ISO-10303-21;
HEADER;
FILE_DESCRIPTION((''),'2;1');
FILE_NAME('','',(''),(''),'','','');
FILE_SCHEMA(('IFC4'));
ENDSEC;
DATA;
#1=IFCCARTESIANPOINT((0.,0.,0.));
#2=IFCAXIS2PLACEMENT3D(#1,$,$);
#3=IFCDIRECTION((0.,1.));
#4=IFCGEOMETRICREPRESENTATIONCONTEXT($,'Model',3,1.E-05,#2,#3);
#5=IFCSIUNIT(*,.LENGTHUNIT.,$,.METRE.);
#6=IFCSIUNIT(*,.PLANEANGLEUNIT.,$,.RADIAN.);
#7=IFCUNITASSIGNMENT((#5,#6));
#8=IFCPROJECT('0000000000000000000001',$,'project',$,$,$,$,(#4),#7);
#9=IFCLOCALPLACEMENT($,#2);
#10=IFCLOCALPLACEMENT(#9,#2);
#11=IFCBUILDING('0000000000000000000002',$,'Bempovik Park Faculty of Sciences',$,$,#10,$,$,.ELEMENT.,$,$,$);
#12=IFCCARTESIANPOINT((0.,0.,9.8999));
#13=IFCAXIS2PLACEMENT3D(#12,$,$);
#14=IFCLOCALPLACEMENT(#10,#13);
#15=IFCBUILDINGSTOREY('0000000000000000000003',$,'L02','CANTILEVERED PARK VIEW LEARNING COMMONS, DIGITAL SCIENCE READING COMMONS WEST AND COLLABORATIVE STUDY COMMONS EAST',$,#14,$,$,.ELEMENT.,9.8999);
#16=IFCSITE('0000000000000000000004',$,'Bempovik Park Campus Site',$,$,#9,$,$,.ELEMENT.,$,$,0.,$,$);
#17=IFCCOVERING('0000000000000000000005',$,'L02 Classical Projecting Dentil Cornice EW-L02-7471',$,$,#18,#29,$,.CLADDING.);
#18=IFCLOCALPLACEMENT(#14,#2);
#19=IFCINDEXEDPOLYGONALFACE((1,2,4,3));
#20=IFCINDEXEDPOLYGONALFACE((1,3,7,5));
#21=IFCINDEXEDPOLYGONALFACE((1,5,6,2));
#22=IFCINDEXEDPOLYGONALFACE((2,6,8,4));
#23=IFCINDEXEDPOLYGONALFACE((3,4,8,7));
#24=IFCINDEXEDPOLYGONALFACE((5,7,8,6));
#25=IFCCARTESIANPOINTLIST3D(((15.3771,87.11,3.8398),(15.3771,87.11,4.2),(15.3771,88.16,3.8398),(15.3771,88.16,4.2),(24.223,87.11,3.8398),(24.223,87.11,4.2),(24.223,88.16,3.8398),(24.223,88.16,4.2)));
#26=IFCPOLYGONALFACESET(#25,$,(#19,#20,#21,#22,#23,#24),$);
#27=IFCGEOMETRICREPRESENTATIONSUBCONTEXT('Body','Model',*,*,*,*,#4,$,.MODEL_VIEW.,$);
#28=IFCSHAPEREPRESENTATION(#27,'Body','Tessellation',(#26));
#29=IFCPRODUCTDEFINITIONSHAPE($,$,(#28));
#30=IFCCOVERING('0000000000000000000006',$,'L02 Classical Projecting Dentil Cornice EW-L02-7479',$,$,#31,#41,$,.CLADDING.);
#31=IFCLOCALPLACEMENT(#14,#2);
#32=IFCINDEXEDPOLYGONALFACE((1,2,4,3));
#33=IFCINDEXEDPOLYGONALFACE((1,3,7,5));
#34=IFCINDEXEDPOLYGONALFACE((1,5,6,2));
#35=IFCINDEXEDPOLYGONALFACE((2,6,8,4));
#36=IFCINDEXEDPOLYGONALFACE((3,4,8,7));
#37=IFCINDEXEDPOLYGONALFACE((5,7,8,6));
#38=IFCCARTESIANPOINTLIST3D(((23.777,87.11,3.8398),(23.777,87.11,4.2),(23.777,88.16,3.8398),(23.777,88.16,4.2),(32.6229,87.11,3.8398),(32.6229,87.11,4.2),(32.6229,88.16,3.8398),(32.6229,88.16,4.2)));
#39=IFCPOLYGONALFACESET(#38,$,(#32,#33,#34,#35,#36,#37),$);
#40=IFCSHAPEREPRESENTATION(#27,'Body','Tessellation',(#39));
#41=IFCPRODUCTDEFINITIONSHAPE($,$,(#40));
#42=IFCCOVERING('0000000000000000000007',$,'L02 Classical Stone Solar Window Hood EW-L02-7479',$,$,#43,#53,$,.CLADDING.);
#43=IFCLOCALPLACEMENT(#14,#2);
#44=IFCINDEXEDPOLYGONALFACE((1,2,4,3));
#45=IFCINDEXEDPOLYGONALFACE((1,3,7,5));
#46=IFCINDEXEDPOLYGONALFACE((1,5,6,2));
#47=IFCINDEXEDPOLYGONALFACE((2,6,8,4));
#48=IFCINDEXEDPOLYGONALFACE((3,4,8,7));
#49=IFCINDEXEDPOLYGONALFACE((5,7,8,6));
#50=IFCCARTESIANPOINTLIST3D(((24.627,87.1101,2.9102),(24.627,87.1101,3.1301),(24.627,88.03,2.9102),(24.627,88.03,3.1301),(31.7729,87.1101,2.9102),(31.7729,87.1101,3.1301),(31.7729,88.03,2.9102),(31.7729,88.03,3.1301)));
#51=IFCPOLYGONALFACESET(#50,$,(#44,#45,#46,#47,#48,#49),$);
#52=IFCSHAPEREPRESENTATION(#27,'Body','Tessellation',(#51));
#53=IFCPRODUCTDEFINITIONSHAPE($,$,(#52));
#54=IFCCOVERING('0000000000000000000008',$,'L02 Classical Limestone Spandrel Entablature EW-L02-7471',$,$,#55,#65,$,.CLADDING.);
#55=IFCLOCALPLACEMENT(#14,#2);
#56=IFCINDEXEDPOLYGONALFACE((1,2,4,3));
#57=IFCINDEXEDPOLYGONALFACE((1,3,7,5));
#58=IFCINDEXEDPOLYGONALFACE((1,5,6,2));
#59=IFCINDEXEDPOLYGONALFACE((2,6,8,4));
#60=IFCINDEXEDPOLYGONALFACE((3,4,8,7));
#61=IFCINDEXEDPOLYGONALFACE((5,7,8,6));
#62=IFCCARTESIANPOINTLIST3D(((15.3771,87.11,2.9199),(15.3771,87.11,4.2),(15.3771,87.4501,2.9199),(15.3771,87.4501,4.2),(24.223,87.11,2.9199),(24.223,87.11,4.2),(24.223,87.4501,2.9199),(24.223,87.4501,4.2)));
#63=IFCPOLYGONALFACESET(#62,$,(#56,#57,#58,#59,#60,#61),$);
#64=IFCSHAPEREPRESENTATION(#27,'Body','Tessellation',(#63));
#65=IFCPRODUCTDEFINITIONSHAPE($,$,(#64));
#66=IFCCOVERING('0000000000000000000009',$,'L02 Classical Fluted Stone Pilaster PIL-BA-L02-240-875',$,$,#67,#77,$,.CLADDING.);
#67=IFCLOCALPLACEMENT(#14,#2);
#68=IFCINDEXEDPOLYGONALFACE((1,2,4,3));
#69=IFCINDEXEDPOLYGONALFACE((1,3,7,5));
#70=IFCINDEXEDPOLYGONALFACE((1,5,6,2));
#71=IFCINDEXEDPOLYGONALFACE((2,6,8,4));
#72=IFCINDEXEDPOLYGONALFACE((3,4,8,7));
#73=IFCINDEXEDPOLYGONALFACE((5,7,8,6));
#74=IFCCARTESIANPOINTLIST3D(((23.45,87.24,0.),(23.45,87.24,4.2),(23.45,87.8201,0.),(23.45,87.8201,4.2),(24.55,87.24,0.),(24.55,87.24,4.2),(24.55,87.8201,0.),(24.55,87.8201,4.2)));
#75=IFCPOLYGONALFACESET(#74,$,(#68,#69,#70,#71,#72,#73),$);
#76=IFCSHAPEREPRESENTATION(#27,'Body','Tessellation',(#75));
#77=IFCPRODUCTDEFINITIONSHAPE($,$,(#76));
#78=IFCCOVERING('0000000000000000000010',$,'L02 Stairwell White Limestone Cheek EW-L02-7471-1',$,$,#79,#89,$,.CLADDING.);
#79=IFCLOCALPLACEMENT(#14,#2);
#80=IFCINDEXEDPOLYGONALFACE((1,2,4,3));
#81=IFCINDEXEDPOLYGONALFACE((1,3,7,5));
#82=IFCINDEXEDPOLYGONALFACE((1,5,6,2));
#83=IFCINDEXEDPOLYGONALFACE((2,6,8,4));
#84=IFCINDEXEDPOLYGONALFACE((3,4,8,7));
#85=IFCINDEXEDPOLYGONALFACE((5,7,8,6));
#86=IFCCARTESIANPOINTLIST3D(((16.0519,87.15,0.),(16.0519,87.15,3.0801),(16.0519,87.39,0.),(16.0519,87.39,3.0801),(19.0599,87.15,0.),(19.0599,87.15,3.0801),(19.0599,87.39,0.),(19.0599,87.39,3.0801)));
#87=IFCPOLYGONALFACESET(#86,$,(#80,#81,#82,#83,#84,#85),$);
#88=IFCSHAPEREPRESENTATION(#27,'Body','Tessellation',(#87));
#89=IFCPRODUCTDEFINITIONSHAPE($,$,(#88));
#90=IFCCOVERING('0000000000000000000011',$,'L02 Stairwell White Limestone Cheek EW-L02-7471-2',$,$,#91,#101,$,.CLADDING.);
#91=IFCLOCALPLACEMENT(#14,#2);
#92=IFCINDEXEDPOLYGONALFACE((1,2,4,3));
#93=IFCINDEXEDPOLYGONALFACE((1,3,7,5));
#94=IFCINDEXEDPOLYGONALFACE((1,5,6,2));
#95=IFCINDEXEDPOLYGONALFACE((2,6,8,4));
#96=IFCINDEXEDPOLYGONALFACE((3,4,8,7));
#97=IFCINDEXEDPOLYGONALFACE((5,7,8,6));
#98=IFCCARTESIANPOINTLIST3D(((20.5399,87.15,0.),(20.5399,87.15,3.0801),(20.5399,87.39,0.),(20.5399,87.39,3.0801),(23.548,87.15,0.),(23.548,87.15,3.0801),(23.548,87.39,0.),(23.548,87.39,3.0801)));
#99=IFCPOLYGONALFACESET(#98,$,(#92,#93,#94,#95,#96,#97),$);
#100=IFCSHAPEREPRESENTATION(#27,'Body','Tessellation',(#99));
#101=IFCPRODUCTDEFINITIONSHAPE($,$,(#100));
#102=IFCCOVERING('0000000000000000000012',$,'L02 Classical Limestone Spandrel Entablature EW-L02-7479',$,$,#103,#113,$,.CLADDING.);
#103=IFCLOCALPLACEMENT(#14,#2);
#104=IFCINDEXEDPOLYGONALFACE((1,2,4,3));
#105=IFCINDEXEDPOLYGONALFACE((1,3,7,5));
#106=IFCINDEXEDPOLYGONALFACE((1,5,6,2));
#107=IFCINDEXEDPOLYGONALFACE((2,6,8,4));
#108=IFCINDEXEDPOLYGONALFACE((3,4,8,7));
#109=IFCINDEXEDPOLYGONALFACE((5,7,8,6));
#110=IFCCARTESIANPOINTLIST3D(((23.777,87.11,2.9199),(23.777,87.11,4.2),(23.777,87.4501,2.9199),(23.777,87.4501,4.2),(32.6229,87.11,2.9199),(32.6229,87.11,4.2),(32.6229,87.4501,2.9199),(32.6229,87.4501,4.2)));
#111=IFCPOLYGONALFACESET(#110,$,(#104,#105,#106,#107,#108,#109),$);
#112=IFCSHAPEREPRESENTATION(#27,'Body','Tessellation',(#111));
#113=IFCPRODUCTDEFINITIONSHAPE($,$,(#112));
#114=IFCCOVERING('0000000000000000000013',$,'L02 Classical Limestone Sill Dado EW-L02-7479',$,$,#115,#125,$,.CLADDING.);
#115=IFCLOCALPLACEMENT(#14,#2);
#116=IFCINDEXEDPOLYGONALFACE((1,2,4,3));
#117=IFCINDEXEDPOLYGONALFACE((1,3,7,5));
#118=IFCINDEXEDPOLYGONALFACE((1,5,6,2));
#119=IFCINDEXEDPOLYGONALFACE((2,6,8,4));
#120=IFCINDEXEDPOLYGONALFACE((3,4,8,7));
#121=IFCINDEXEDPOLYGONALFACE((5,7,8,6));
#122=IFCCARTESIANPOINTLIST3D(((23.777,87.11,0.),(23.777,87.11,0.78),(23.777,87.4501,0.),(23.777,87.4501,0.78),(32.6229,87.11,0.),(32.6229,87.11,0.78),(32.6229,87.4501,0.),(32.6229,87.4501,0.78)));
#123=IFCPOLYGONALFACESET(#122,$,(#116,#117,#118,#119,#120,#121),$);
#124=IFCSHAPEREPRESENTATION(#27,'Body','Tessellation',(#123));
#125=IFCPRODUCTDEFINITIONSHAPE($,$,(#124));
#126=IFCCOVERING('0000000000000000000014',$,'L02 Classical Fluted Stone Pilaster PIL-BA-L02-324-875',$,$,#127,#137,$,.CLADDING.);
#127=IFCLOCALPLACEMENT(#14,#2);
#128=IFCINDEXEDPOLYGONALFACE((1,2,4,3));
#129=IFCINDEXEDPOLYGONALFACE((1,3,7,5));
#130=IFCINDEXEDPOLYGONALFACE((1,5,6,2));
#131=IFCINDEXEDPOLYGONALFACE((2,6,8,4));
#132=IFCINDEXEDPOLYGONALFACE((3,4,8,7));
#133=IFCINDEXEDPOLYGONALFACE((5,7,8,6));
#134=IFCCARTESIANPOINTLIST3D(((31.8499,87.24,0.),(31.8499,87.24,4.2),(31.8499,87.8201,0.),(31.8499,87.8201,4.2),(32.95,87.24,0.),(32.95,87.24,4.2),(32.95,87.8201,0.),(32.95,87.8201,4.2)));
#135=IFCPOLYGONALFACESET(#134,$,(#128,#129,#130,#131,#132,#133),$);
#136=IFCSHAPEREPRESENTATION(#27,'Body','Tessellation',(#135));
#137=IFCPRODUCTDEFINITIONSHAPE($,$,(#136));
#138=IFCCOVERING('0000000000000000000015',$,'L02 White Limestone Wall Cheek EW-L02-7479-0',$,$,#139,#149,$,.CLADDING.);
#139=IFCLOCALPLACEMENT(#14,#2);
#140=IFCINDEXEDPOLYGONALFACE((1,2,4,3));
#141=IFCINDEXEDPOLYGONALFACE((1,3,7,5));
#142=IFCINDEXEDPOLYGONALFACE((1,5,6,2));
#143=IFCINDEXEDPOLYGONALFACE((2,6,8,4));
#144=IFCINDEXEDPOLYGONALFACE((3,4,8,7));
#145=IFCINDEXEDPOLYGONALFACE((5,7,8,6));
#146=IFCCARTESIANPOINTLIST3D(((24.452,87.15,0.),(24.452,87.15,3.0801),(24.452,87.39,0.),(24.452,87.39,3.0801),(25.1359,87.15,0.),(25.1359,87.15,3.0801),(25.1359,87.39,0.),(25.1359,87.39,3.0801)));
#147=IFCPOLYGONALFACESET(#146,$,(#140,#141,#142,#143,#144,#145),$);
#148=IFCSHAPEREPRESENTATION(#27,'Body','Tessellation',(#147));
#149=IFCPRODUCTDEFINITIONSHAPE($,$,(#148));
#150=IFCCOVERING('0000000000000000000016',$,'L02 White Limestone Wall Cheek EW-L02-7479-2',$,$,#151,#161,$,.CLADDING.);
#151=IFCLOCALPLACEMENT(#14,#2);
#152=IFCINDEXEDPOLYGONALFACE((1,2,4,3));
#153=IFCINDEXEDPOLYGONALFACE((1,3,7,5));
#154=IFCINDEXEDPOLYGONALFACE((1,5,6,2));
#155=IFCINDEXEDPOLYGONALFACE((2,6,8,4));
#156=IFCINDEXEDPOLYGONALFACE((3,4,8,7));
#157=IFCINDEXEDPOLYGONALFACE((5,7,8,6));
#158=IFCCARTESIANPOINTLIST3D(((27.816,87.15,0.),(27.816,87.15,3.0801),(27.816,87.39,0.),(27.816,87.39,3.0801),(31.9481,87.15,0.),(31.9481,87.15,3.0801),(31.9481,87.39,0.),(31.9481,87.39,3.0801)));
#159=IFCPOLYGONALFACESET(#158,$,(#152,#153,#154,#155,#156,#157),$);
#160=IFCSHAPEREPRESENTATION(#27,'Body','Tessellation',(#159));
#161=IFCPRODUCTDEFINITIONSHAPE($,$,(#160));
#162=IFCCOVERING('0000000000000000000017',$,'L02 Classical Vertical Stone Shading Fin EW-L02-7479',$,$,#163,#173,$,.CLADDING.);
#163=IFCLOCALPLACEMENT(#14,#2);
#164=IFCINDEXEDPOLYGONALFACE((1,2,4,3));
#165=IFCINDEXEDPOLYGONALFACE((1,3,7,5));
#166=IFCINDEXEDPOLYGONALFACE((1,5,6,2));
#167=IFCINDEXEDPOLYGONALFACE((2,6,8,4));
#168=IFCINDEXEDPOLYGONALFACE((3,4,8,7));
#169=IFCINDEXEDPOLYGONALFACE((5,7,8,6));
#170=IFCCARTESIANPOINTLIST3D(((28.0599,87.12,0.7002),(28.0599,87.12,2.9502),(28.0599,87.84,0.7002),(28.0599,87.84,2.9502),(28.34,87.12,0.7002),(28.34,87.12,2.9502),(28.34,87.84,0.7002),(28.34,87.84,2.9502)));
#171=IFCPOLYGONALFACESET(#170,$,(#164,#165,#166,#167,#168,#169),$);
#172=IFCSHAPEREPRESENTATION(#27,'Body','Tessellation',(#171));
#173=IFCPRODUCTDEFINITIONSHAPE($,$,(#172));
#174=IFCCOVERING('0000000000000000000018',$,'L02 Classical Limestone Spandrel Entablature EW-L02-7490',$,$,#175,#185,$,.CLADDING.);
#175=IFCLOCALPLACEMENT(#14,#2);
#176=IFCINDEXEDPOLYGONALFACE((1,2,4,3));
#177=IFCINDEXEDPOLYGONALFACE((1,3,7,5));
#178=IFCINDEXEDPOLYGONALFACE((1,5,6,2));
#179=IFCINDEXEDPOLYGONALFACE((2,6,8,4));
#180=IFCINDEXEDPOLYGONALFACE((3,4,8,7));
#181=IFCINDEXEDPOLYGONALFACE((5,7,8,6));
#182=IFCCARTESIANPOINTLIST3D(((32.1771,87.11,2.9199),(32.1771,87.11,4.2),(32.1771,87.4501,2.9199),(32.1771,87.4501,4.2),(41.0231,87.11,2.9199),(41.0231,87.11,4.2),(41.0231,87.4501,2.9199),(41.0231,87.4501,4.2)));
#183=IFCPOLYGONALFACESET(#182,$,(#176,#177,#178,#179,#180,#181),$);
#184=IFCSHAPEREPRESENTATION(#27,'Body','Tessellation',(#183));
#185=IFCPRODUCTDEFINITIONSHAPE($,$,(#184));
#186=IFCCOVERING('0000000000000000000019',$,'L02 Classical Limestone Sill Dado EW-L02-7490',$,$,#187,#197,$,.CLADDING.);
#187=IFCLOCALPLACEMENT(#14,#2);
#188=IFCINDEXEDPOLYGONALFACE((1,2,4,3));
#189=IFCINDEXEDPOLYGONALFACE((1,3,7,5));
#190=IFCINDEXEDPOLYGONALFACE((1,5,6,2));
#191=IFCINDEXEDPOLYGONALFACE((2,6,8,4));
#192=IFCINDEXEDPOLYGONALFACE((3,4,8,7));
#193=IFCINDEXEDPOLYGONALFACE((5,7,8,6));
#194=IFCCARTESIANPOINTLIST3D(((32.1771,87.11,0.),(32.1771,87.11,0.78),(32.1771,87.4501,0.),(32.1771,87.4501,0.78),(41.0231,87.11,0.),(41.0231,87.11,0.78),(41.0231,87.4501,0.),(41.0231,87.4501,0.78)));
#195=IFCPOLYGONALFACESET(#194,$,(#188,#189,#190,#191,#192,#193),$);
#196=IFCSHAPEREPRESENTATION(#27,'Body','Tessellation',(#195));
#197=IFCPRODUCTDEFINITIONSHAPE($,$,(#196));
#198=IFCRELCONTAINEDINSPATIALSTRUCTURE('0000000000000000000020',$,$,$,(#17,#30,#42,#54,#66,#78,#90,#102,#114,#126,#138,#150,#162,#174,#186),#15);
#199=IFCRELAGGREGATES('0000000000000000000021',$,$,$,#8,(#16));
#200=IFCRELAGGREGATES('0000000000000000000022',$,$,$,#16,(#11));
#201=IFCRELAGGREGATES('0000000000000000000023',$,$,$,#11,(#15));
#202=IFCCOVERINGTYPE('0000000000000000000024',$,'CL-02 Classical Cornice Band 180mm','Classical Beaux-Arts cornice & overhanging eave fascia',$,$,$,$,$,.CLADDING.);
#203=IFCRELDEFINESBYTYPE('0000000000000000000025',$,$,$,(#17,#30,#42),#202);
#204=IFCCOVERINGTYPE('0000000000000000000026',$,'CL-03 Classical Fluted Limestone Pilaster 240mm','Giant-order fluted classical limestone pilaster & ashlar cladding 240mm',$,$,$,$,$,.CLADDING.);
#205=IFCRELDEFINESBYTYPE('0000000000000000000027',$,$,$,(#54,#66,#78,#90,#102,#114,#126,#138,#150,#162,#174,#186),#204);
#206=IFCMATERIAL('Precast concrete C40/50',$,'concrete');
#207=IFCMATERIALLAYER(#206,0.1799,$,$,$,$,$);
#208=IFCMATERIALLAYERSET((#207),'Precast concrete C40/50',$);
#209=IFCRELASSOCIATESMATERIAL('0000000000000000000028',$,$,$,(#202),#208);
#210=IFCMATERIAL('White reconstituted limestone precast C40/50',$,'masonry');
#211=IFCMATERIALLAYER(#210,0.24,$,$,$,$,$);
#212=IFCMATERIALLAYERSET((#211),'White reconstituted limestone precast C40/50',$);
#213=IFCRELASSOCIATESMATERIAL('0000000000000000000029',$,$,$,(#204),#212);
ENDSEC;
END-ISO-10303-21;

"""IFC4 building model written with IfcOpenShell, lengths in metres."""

from ifc_helpers import new_model, si_unit, direction, frame, origin, origin_2d, place, context, subcontext, project, spatial, rectangle, extrude, material, layer, layer_set, type_object, element, save


model = new_model("IFC4")

# Units and contexts
model_context = context("Model", 3, precision=1e-05, world=origin(), true_north=direction((0.0, 1.0)))
body_context = subcontext(model_context, "Body", "Model", "MODEL_VIEW")
ifc_project = project(units=[si_unit("LENGTHUNIT", "METRE"), si_unit("PLANEANGLEUNIT", "RADIAN")], contexts=[model_context])

# Site, building, storey
site_placement = place(None, origin())
site = spatial("IfcSite", under=ifc_project, at=site_placement, Name="Bempovik Park Campus Site", CompositionType="ELEMENT", RefElevation=0.0)
building_placement = place(site_placement, origin())
building = spatial("IfcBuilding", under=site, at=building_placement, Name="Bempovik Park Faculty of Sciences", CompositionType="ELEMENT")
storey_placement = place(building_placement, frame((0.0, 0.0, 9.8999)))
storey = spatial("IfcBuildingStorey", under=building, at=storey_placement, Name="L02", Description="CANTILEVERED PARK VIEW LEARNING COMMONS, DIGITAL SCIENCE READING COMMONS WEST AND COLLABORATIVE STUDY COMMONS EAST", CompositionType="ELEMENT", Elevation=9.8999)

# Shared definitions
ifc_material_1 = material(Name="Precast concrete C40/50", Category="concrete")

# Coverings
ifc_layer_1 = layer(ifc_material_1, 0.1799)
ifc_layer_set_1 = layer_set([ifc_layer_1], Name="Precast concrete C40/50")
covering_type_1 = type_object("IfcCoveringType", Name="CL-02 Classical Cornice Band 180mm", Description="Classical Beaux-Arts cornice & overhanging eave fascia", PredefinedType="CLADDING", material=ifc_layer_set_1)
for number, where, z_axis, x_axis, name in (
    (1, (19.8, 87.635, 3.8398), (0.0, 0.0, 1.0), (1.0, 0.0, 0.0), "L02 Classical Projecting Dentil Cornice EW-L02-7471"),
    (2, (28.2, 87.635, 3.8398), (0.0, 0.0, 1.0), (1.0, 0.0, 0.0), "L02 Classical Projecting Dentil Cornice EW-L02-7479"),
):
    element("IfcCovering", number, at=place(storey_placement, frame(where, z_axis=z_axis, x_axis=x_axis)), inside=storey, type_object=covering_type_1, Name=name, PredefinedType="CLADDING", context=body_context, shape_type="SweptSolid", body=[
        extrude(rectangle(XDim=8.8459, YDim=1.05, at=origin_2d()), origin(), (0.0, 0.0, 1.0), 0.3601),
    ])
covering_1_placement = place(storey_placement, frame((28.2, 87.5701, 2.9102), z_axis=(0.0, 0.0, 1.0), x_axis=(1.0, 0.0, 0.0)))
element("IfcCovering", 3, at=covering_1_placement, inside=storey, type_object=covering_type_1, Name="L02 Classical Stone Solar Window Hood EW-L02-7479", PredefinedType="CLADDING", context=body_context, shape_type="SweptSolid", body=[
    extrude(rectangle(XDim=7.146, YDim=0.9199, at=origin_2d()), origin(), (0.0, 0.0, 1.0), 0.22),
])
ifc_material_2 = material(Name="White reconstituted limestone precast C40/50", Category="masonry")
ifc_layer_2 = layer(ifc_material_2, 0.24)
ifc_layer_set_2 = layer_set([ifc_layer_2], Name="White reconstituted limestone precast C40/50")
covering_type_2 = type_object("IfcCoveringType", Name="CL-03 Classical Fluted Limestone Pilaster 240mm", Description="Giant-order fluted classical limestone pilaster & ashlar cladding 240mm", PredefinedType="CLADDING", material=ifc_layer_set_2)
covering_2_placement = place(storey_placement, frame((19.8, 87.28, 2.9199), z_axis=(0.0, 0.0, 1.0), x_axis=(1.0, 0.0, 0.0)))
element("IfcCovering", 4, at=covering_2_placement, inside=storey, type_object=covering_type_2, Name="L02 Classical Limestone Spandrel Entablature EW-L02-7471", PredefinedType="CLADDING", context=body_context, shape_type="SweptSolid", body=[
    extrude(rectangle(XDim=8.8459, YDim=0.3401, at=origin_2d()), origin(), (0.0, 0.0, 1.0), 1.28),
])
covering_3_placement = place(storey_placement, frame((24.0, 87.53, 0.0), z_axis=(0.0, 0.0, 1.0), x_axis=(1.0, 0.0, 0.0)))
element("IfcCovering", 5, at=covering_3_placement, inside=storey, type_object=covering_type_2, Name="L02 Classical Fluted Stone Pilaster PIL-BA-L02-240-875", PredefinedType="CLADDING", context=body_context, shape_type="SweptSolid", body=[
    extrude(rectangle(XDim=1.1001, YDim=0.5801, at=origin_2d()), origin(), (0.0, 0.0, 1.0), 4.2),
])
for number, where, z_axis, x_axis, name in (
    (6, (17.5559, 87.27, 0.0), (0.0, 0.0, 1.0), (1.0, 0.0, 0.0), "L02 Stairwell White Limestone Cheek EW-L02-7471-1"),
    (7, (22.0439, 87.27, 0.0), (0.0, 0.0, 1.0), (1.0, 0.0, 0.0), "L02 Stairwell White Limestone Cheek EW-L02-7471-2"),
):
    element("IfcCovering", number, at=place(storey_placement, frame(where, z_axis=z_axis, x_axis=x_axis)), inside=storey, type_object=covering_type_2, Name=name, PredefinedType="CLADDING", context=body_context, shape_type="SweptSolid", body=[
        extrude(rectangle(XDim=3.0081, YDim=0.24, at=origin_2d()), origin(), (0.0, 0.0, 1.0), 3.0801),
    ])
covering_4_placement = place(storey_placement, frame((28.2, 87.28, 2.9199), z_axis=(0.0, 0.0, 1.0), x_axis=(1.0, 0.0, 0.0)))
element("IfcCovering", 8, at=covering_4_placement, inside=storey, type_object=covering_type_2, Name="L02 Classical Limestone Spandrel Entablature EW-L02-7479", PredefinedType="CLADDING", context=body_context, shape_type="SweptSolid", body=[
    extrude(rectangle(XDim=8.8459, YDim=0.3401, at=origin_2d()), origin(), (0.0, 0.0, 1.0), 1.28),
])
covering_5_placement = place(storey_placement, frame((28.2, 87.28, 0.0), z_axis=(0.0, 0.0, 1.0), x_axis=(1.0, 0.0, 0.0)))
element("IfcCovering", 9, at=covering_5_placement, inside=storey, type_object=covering_type_2, Name="L02 Classical Limestone Sill Dado EW-L02-7479", PredefinedType="CLADDING", context=body_context, shape_type="SweptSolid", body=[
    extrude(rectangle(XDim=8.8459, YDim=0.3401, at=origin_2d()), origin(), (0.0, 0.0, 1.0), 0.78),
])
covering_6_placement = place(storey_placement, frame((32.3999, 87.53, 0.0), z_axis=(0.0, 0.0, 1.0), x_axis=(1.0, 0.0, 0.0)))
element("IfcCovering", 10, at=covering_6_placement, inside=storey, type_object=covering_type_2, Name="L02 Classical Fluted Stone Pilaster PIL-BA-L02-324-875", PredefinedType="CLADDING", context=body_context, shape_type="SweptSolid", body=[
    extrude(rectangle(XDim=1.1001, YDim=0.5801, at=origin_2d()), origin(), (0.0, 0.0, 1.0), 4.2),
])
covering_7_placement = place(storey_placement, frame((24.7939, 87.27, 0.0), z_axis=(0.0, 0.0, 1.0), x_axis=(1.0, 0.0, 0.0)))
element("IfcCovering", 11, at=covering_7_placement, inside=storey, type_object=covering_type_2, Name="L02 White Limestone Wall Cheek EW-L02-7479-0", PredefinedType="CLADDING", context=body_context, shape_type="SweptSolid", body=[
    extrude(rectangle(XDim=0.6838, YDim=0.24, at=origin_2d()), origin(), (0.0, 0.0, 1.0), 3.0801),
])
covering_8_placement = place(storey_placement, frame((29.8821, 87.27, 0.0), z_axis=(0.0, 0.0, 1.0), x_axis=(1.0, 0.0, 0.0)))
element("IfcCovering", 12, at=covering_8_placement, inside=storey, type_object=covering_type_2, Name="L02 White Limestone Wall Cheek EW-L02-7479-2", PredefinedType="CLADDING", context=body_context, shape_type="SweptSolid", body=[
    extrude(rectangle(XDim=4.1321, YDim=0.24, at=origin_2d()), origin(), (0.0, 0.0, 1.0), 3.0801),
])
covering_9_placement = place(storey_placement, frame((28.2, 87.48, 0.7002), z_axis=(0.0, 0.0, 1.0), x_axis=(1.0, 0.0, 0.0)))
element("IfcCovering", 13, at=covering_9_placement, inside=storey, type_object=covering_type_2, Name="L02 Classical Vertical Stone Shading Fin EW-L02-7479", PredefinedType="CLADDING", context=body_context, shape_type="SweptSolid", body=[
    extrude(rectangle(XDim=0.28, YDim=0.72, at=origin_2d()), origin(), (0.0, 0.0, 1.0), 2.25),
])
covering_10_placement = place(storey_placement, frame((36.6001, 87.28, 2.9199), z_axis=(0.0, 0.0, 1.0), x_axis=(1.0, 0.0, 0.0)))
element("IfcCovering", 14, at=covering_10_placement, inside=storey, type_object=covering_type_2, Name="L02 Classical Limestone Spandrel Entablature EW-L02-7490", PredefinedType="CLADDING", context=body_context, shape_type="SweptSolid", body=[
    extrude(rectangle(XDim=8.8459, YDim=0.3401, at=origin_2d()), origin(), (0.0, 0.0, 1.0), 1.28),
])
covering_11_placement = place(storey_placement, frame((36.6001, 87.28, 0.0), z_axis=(0.0, 0.0, 1.0), x_axis=(1.0, 0.0, 0.0)))
element("IfcCovering", 15, at=covering_11_placement, inside=storey, type_object=covering_type_2, Name="L02 Classical Limestone Sill Dado EW-L02-7490", PredefinedType="CLADDING", context=body_context, shape_type="SweptSolid", body=[
    extrude(rectangle(XDim=8.8459, YDim=0.3401, at=origin_2d()), origin(), (0.0, 0.0, 1.0), 0.78),
])

save(model, "model.ifc")
